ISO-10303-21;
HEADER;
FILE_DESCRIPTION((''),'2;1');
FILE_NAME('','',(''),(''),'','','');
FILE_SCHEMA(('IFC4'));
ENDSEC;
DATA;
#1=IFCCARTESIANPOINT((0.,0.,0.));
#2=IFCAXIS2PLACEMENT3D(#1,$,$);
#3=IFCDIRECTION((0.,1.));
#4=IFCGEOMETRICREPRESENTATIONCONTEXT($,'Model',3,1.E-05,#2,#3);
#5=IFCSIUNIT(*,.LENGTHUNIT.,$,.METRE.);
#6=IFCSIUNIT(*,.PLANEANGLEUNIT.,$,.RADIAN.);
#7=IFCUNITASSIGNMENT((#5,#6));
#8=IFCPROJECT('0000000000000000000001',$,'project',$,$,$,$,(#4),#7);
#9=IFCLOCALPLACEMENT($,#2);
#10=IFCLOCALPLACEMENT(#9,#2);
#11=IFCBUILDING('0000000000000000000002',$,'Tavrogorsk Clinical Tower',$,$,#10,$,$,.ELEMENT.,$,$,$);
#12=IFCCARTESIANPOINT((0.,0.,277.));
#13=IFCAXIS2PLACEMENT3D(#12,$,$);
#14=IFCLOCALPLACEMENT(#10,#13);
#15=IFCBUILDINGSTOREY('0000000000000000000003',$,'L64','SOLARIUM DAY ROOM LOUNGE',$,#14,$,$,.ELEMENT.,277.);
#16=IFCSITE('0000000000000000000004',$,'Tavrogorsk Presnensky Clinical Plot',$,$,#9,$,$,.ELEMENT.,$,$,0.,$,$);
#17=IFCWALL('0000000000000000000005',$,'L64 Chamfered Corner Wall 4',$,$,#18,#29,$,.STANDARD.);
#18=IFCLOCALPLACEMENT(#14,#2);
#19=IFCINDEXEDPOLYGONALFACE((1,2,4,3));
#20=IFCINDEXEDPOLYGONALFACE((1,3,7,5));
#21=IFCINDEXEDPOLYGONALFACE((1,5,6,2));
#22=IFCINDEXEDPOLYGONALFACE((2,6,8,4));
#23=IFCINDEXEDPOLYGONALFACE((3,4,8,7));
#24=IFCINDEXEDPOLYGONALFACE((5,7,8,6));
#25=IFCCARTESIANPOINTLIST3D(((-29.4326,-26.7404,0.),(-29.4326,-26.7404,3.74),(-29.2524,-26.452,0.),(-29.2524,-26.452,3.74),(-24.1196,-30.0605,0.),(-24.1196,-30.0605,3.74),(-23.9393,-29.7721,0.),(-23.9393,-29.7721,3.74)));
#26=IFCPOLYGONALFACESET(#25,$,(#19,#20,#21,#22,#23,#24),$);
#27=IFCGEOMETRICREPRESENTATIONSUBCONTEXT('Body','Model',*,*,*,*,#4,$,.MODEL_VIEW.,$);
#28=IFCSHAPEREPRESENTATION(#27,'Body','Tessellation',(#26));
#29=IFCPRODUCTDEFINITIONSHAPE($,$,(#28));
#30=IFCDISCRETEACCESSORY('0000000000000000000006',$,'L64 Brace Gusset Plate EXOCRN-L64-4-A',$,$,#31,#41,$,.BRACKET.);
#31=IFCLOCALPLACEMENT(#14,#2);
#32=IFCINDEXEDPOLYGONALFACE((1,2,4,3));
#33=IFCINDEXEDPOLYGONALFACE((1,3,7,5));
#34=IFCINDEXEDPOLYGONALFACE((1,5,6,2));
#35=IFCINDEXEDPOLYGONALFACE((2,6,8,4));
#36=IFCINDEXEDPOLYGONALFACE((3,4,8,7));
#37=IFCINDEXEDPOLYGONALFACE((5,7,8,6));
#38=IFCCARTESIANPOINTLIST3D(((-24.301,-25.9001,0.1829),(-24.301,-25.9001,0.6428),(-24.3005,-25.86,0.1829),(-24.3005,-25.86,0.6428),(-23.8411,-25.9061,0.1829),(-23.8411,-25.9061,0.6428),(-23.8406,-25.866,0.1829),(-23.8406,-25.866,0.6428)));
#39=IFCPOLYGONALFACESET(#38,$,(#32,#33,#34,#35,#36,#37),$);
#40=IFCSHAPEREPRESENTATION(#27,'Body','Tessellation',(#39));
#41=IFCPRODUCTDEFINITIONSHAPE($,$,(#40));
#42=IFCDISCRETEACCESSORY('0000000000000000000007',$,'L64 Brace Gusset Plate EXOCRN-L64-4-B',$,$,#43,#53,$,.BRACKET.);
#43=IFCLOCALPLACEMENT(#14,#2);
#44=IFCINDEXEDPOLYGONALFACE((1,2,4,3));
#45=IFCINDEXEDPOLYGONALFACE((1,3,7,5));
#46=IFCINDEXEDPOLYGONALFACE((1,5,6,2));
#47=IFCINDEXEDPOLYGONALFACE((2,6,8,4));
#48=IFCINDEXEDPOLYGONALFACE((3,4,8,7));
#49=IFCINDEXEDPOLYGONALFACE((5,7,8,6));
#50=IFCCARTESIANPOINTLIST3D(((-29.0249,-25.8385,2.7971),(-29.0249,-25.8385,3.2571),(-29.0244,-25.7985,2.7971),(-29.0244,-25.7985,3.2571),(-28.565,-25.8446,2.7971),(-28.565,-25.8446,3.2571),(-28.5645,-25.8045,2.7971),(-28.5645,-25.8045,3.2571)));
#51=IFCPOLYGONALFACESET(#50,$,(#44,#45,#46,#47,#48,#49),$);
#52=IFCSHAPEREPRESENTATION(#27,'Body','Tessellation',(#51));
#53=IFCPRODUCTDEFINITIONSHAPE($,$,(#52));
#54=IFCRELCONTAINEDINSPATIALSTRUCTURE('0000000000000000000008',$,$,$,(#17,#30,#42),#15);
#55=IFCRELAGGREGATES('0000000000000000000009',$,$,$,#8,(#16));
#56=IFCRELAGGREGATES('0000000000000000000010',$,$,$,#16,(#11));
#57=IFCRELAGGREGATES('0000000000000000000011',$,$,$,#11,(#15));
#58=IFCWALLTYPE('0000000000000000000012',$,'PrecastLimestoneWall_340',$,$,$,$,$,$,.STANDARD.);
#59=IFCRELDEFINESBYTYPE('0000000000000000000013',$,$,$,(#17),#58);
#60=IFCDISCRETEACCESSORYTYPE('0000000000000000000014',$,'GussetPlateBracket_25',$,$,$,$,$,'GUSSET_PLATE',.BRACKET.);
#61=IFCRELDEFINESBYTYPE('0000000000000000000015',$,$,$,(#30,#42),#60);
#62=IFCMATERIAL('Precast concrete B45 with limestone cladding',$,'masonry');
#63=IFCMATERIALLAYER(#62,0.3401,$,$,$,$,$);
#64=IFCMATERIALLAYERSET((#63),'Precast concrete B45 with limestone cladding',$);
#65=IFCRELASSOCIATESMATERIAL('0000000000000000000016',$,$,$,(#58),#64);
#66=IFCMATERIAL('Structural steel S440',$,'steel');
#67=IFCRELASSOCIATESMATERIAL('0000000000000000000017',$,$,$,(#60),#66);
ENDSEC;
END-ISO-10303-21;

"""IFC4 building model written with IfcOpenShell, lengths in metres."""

from ifc_helpers import new_model, si_unit, direction, frame, frame_2d, origin, origin_2d, place, context, subcontext, project, spatial, rectangle, extrude, material, layer, layer_set, type_object, element, save


model = new_model("IFC4")

# Units and contexts
model_context = context("Model", 3, precision=1e-05, world=origin(), true_north=direction((0.0, 1.0)))
body_context = subcontext(model_context, "Body", "Model", "MODEL_VIEW")
ifc_project = project(units=[si_unit("LENGTHUNIT", "METRE"), si_unit("PLANEANGLEUNIT", "RADIAN")], contexts=[model_context])

# Site, building, storey
site_placement = place(None, origin())
site = spatial("IfcSite", under=ifc_project, at=site_placement, Name="Tavrogorsk Presnensky Clinical Plot", CompositionType="ELEMENT", RefElevation=0.0)
building_placement = place(site_placement, origin())
building = spatial("IfcBuilding", under=site, at=building_placement, Name="Tavrogorsk Clinical Tower", CompositionType="ELEMENT")
storey_placement = place(building_placement, frame((0.0, 0.0, 277.0)))
storey = spatial("IfcBuildingStorey", under=building, at=storey_placement, Name="L64", Description="SOLARIUM DAY ROOM LOUNGE", CompositionType="ELEMENT", Elevation=277.0)

# Shared definitions
ifc_material_1 = material(Name="Precast concrete B45 with limestone cladding", Category="masonry")
ifc_layer_1 = layer(ifc_material_1, 0.3401)
ifc_layer_set_1 = layer_set([ifc_layer_1], Name="Precast concrete B45 with limestone cladding")
wall_type_1 = type_object("IfcWallType", Name="PrecastLimestoneWall_340", PredefinedType="STANDARD", material=ifc_layer_set_1)

# Wall
wall_1_placement = place(storey_placement, frame((-29.3425, -26.5962, 0.0), z_axis=(0.0, 0.0, 1.0), x_axis=(0.848038, -0.529936, 0.0)))
element("IfcWall", 1, at=wall_1_placement, inside=storey, type_object=wall_type_1, Name="L64 Chamfered Corner Wall 4", PredefinedType="STANDARD", context=body_context, shape_type="SweptSolid", body=[
    extrude(rectangle(XDim=6.2651, YDim=0.3401, at=frame_2d((3.1326, 0.0))), origin(), (0.0, 0.0, 1.0), 3.74),
])

# Discrete accessories
ifc_material_2 = material(Name="Structural steel S440", Category="steel")
discrete_accessory_type = type_object("IfcDiscreteAccessoryType", Name="GussetPlateBracket_25", ElementType="GUSSET_PLATE", PredefinedType="BRACKET", material=ifc_material_2)
for number, where, z_axis, x_axis, name in (
    (2, (-24.0708, -25.8831, 0.1829), (0.0, 0.0, 1.0), (-0.999914, 0.01309, 0.0), "L64 Brace Gusset Plate EXOCRN-L64-4-A"),
    (3, (-28.7947, -25.8215, 2.7971), (0.0, 0.0, 1.0), (-0.999914, 0.01309, 0.0), "L64 Brace Gusset Plate EXOCRN-L64-4-B"),
):
    element("IfcDiscreteAccessory", number, at=place(storey_placement, frame(where, z_axis=z_axis, x_axis=x_axis)), inside=storey, type_object=discrete_accessory_type, Name=name, PredefinedType="BRACKET", context=body_context, shape_type="SweptSolid", body=[
        extrude(rectangle(XDim=0.46, YDim=0.04, at=origin_2d()), origin(), (0.0, 0.0, 1.0), 0.46),
    ])

save(model, "model.ifc")
